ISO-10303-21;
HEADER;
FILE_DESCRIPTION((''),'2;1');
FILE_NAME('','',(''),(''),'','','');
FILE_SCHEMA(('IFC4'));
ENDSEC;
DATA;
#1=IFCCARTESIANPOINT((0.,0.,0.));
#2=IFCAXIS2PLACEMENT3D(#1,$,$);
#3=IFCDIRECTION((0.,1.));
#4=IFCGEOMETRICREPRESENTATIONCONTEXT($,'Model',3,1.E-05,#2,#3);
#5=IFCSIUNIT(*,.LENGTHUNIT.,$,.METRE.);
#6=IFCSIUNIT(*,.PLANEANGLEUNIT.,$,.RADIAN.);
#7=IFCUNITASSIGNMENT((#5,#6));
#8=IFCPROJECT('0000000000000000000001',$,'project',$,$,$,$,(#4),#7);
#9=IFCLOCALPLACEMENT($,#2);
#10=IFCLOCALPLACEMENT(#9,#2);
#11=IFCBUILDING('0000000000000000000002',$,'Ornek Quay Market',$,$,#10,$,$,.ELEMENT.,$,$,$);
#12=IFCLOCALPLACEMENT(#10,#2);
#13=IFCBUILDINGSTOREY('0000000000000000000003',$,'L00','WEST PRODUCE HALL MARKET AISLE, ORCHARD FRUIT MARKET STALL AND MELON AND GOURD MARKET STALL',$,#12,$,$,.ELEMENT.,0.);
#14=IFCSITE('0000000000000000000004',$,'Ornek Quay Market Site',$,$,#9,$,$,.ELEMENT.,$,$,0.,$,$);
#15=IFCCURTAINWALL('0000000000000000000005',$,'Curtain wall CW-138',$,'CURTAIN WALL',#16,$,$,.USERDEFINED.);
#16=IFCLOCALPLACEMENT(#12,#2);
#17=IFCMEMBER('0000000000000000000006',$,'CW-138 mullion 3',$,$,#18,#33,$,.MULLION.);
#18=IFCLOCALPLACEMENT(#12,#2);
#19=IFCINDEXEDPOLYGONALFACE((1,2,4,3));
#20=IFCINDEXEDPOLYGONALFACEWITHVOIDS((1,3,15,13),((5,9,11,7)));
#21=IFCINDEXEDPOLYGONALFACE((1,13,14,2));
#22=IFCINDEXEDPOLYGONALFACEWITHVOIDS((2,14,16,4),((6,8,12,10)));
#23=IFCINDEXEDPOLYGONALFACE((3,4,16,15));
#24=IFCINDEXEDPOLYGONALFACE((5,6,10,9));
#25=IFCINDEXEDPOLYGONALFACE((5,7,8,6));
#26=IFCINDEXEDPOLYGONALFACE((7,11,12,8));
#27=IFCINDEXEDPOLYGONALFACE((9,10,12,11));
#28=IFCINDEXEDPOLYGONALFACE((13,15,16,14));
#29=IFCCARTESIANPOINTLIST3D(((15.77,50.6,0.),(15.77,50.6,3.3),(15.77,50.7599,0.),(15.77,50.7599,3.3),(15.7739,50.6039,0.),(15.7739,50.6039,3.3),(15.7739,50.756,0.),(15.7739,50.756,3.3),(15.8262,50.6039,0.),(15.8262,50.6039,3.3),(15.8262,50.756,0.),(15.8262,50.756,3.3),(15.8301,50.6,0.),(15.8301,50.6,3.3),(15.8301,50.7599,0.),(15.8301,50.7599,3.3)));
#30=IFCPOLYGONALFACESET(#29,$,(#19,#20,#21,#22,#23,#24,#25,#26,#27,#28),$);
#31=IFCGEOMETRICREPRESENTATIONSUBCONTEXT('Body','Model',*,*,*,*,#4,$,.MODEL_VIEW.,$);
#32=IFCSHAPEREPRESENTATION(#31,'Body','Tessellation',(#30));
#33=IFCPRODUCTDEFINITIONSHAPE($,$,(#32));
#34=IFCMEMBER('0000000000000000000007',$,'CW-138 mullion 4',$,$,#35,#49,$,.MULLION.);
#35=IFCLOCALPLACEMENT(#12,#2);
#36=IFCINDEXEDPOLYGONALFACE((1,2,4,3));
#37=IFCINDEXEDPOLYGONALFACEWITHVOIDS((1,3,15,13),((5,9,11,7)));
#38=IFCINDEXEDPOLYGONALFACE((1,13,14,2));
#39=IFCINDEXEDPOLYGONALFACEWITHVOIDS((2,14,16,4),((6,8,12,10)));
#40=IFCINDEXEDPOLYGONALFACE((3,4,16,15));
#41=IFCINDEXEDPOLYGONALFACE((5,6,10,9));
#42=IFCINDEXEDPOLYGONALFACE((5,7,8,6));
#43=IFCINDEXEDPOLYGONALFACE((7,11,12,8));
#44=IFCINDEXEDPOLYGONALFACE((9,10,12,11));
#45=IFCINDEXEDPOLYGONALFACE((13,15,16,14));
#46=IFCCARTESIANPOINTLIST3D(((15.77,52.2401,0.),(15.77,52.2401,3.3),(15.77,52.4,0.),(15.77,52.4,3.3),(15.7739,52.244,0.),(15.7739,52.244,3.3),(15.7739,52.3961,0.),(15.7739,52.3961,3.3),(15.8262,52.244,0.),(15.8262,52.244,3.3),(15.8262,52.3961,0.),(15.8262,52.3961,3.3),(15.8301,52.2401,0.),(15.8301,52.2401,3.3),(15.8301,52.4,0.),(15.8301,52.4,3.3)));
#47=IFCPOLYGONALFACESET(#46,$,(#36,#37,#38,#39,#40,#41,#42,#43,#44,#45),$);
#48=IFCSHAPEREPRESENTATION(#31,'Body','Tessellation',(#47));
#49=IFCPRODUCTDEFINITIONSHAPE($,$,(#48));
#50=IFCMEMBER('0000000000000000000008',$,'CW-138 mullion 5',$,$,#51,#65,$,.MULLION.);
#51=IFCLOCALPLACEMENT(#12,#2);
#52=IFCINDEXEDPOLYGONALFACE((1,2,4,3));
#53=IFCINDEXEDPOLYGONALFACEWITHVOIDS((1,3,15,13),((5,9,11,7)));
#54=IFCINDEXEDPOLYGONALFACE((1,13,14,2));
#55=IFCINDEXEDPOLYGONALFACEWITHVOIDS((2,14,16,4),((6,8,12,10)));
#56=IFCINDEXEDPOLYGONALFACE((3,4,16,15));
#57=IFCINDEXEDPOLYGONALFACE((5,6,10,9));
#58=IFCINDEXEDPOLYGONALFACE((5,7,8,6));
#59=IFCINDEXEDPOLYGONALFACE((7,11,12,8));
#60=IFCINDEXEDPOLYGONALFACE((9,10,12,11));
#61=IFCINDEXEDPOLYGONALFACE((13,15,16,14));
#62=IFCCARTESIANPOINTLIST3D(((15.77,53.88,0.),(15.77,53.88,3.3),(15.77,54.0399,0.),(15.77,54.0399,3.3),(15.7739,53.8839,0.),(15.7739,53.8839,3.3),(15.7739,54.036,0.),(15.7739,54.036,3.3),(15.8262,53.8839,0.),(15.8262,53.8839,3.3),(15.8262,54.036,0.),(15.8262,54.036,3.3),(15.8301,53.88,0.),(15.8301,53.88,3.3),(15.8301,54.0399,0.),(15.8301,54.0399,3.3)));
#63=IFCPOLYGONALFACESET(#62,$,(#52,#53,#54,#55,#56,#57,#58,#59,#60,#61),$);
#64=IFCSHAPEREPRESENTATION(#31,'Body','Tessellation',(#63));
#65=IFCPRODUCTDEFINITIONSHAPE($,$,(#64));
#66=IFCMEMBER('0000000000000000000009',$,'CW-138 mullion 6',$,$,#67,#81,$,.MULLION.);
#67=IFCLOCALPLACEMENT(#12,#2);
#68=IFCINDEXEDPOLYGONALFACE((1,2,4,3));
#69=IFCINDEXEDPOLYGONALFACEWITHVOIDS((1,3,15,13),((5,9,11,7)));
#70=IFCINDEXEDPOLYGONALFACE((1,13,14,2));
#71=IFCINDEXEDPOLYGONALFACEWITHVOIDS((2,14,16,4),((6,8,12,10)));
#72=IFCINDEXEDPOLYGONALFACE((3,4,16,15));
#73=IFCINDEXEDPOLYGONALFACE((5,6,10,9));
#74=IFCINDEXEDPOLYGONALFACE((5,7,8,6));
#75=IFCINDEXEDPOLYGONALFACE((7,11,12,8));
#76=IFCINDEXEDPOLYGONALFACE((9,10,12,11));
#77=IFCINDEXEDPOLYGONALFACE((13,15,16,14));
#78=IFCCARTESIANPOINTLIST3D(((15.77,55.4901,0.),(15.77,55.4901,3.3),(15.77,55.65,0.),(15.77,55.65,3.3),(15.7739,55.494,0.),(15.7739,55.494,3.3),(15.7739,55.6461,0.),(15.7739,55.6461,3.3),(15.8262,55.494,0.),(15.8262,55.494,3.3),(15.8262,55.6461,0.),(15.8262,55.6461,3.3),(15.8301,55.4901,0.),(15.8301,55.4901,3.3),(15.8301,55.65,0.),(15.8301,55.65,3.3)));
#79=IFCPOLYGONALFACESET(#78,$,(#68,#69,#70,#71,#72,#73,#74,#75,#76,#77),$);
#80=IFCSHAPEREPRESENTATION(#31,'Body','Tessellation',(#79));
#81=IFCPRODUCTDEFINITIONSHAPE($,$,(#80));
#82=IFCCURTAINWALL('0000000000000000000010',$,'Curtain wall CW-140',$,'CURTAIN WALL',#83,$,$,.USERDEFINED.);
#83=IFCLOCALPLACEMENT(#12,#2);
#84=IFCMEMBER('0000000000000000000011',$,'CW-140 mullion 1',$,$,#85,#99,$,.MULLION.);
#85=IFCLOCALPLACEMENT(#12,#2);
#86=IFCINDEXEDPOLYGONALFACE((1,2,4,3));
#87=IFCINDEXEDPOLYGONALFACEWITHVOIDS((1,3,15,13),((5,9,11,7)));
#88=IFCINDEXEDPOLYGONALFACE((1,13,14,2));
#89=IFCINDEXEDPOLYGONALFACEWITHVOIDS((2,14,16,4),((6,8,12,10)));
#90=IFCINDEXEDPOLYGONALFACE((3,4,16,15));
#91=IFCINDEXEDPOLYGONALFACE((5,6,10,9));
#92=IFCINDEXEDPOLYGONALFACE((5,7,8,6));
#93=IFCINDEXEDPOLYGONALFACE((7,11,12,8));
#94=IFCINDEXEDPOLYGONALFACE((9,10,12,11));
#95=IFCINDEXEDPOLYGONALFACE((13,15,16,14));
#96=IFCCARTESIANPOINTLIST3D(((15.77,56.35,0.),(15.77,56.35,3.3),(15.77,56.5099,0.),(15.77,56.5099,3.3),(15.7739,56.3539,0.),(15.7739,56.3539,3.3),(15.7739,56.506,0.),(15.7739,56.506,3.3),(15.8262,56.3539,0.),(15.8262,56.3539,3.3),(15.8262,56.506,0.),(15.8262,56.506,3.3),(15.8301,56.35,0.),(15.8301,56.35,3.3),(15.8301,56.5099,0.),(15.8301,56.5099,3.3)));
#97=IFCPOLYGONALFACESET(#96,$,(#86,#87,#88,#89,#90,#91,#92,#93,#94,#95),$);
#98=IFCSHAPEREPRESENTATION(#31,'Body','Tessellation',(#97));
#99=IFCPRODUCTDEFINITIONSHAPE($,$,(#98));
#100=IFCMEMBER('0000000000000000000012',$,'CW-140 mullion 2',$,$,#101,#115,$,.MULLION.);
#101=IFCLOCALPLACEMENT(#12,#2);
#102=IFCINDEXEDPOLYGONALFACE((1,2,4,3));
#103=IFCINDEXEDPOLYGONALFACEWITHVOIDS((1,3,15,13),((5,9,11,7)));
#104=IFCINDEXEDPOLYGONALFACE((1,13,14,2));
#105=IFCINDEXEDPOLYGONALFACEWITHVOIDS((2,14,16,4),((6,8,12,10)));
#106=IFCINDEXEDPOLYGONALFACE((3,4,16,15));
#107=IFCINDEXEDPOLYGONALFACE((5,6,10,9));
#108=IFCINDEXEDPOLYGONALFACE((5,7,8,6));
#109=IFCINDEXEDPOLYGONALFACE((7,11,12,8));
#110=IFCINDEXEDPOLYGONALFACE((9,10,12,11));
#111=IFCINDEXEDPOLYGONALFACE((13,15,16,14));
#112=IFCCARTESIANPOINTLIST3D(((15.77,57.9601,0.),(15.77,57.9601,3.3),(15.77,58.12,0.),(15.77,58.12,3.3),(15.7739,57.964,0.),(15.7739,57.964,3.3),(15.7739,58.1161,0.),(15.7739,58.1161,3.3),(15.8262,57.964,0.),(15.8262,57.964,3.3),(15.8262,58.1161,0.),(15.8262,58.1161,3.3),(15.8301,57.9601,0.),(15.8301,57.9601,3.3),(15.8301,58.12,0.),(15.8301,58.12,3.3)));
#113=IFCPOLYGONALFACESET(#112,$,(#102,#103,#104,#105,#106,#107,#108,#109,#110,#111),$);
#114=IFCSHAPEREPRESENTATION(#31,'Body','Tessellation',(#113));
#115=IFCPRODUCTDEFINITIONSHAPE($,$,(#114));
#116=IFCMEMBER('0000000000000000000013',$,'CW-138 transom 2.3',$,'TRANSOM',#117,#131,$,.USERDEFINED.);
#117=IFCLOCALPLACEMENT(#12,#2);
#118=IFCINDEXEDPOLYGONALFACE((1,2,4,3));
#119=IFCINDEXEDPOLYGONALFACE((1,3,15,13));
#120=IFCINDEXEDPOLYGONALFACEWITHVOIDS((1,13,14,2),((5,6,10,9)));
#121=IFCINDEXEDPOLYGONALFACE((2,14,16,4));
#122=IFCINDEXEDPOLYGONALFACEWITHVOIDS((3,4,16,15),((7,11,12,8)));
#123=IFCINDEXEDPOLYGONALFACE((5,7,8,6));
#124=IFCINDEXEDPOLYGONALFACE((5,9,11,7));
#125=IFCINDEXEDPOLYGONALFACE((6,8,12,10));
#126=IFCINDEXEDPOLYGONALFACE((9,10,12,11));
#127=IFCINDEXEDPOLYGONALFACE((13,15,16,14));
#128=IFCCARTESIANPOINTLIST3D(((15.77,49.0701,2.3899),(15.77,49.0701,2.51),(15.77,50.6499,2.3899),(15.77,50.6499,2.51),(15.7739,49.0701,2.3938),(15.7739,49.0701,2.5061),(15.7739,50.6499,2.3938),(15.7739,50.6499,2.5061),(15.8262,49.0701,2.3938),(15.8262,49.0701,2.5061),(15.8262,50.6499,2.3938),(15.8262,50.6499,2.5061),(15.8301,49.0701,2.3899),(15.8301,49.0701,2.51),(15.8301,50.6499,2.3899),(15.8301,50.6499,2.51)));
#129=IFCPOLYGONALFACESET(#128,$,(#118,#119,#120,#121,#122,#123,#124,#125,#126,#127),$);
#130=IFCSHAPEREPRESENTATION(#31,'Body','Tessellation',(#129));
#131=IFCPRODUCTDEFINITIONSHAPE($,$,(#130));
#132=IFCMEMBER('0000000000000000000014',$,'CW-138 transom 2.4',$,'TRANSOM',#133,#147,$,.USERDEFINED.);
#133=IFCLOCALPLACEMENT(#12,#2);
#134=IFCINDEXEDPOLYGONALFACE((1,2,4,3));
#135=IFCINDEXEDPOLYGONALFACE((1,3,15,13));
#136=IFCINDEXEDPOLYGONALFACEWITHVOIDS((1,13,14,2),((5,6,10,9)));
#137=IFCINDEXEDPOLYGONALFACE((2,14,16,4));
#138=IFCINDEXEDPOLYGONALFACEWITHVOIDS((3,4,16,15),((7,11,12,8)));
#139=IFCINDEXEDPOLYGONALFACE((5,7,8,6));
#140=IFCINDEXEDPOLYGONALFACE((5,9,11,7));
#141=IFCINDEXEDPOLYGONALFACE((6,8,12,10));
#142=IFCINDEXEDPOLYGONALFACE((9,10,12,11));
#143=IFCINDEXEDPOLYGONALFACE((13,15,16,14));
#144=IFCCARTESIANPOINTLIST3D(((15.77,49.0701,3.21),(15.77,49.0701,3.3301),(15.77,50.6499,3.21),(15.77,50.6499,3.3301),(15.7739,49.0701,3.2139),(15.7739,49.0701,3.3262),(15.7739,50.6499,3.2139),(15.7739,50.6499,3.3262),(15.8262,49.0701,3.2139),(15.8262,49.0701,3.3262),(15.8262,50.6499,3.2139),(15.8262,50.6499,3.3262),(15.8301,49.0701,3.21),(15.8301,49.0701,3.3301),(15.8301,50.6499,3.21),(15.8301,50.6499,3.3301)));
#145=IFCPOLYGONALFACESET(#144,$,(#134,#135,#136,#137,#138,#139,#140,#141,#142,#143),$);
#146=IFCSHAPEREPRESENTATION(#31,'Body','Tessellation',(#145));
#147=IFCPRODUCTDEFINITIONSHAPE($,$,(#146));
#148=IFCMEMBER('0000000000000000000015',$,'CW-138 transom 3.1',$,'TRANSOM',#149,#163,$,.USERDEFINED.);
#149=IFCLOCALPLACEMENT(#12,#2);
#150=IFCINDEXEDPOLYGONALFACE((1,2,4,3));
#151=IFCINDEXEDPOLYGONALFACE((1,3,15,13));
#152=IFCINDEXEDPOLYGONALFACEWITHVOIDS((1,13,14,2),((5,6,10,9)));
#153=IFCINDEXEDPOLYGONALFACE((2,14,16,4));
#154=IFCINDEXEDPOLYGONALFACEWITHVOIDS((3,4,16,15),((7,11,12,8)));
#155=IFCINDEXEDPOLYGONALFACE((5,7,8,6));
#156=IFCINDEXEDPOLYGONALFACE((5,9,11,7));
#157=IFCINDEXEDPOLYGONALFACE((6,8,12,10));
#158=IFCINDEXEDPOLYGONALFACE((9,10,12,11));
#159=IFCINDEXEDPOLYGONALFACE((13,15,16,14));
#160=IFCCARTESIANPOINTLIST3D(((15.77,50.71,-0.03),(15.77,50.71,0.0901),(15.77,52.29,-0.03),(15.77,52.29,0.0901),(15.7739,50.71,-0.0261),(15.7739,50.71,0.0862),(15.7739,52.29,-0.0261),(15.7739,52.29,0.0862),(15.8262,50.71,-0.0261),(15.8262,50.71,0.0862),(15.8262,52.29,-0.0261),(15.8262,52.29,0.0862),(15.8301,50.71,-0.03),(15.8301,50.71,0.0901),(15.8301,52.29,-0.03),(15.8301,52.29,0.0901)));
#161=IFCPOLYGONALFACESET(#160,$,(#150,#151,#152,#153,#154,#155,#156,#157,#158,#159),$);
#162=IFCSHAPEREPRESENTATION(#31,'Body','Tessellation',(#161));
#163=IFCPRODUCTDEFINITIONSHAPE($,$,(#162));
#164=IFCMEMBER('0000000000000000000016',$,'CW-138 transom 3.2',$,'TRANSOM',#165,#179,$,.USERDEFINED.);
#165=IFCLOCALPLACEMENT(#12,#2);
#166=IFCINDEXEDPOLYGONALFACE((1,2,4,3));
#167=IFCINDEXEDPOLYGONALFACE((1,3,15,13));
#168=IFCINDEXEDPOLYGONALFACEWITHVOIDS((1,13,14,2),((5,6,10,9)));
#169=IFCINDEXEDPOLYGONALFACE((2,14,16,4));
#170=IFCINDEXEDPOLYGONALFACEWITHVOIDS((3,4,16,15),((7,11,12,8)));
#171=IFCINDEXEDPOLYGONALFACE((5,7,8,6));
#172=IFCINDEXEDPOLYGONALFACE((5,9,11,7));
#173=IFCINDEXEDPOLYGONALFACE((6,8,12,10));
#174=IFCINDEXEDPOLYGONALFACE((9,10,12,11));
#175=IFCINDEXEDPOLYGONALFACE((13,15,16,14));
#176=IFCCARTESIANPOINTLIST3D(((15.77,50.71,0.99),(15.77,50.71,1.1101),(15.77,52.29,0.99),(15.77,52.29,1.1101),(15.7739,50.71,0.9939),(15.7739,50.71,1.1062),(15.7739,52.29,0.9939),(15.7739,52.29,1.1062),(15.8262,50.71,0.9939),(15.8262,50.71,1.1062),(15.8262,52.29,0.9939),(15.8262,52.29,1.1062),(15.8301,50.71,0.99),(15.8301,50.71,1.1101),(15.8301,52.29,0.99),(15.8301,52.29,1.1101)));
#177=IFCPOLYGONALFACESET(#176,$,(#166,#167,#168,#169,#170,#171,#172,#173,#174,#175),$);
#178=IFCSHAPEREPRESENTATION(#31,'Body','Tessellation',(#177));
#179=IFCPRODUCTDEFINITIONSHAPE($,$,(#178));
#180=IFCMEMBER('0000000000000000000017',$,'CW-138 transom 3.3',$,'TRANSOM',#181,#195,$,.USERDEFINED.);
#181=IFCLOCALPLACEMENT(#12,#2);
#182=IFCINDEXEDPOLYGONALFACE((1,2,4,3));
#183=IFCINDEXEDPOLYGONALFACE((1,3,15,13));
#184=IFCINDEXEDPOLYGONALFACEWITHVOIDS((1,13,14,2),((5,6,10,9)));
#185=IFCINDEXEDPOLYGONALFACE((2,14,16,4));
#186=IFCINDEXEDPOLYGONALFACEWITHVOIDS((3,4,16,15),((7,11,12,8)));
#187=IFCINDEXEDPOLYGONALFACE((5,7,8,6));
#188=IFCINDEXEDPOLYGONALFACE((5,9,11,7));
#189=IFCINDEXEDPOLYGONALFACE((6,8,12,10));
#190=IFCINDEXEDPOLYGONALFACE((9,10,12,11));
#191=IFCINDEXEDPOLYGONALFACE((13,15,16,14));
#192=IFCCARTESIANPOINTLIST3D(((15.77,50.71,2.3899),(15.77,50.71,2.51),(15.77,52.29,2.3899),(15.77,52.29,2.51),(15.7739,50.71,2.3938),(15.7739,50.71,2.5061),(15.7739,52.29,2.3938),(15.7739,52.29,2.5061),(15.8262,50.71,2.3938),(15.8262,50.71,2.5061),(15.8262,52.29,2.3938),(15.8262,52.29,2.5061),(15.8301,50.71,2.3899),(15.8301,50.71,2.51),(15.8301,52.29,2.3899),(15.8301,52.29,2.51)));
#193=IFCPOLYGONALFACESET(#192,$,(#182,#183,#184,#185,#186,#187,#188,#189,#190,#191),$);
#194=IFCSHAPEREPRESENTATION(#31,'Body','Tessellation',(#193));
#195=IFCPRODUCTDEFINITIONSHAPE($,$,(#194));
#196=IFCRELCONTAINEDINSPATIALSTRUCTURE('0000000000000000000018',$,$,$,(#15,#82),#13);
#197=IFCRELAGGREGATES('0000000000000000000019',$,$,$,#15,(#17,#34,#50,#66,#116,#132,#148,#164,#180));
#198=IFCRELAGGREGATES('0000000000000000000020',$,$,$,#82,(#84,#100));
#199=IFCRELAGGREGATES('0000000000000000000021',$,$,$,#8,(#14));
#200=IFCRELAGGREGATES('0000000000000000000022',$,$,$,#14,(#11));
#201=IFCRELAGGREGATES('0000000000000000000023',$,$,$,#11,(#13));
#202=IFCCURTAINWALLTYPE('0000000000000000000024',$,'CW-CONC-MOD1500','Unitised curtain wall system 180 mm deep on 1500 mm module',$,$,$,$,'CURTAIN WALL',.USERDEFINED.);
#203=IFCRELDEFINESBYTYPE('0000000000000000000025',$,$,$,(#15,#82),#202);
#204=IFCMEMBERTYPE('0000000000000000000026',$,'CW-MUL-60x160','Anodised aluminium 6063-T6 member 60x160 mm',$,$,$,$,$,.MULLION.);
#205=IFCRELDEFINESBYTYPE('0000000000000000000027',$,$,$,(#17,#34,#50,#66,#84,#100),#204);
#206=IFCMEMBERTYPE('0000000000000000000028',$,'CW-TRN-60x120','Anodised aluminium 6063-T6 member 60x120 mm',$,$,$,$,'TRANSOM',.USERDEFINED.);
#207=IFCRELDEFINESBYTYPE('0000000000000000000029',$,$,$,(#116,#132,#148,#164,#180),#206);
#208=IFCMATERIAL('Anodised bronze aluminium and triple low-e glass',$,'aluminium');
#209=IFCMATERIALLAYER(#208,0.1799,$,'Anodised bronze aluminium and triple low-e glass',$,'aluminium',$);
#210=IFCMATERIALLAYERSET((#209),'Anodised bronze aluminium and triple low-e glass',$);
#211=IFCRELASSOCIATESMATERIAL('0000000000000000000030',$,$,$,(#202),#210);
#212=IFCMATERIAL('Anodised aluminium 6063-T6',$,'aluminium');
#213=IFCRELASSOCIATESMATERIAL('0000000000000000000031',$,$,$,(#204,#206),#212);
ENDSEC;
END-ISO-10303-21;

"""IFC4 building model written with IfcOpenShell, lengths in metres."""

from ifc_helpers import new_model, si_unit, direction, frame, origin, origin_2d, place, context, subcontext, project, spatial, hollow_rectangle, extrude, material, layer, layer_set, material_profile, profile_set, type_object, element, aggregate, save


model = new_model("IFC4")

# Units and contexts
model_context = context("Model", 3, precision=1e-05, world=origin(), true_north=direction((0.0, 1.0)))
body_context = subcontext(model_context, "Body", "Model", "MODEL_VIEW")
ifc_project = project(units=[si_unit("LENGTHUNIT", "METRE"), si_unit("PLANEANGLEUNIT", "RADIAN")], contexts=[model_context])

# Site, building, storey
site_placement = place(None, origin())
site = spatial("IfcSite", under=ifc_project, at=site_placement, Name="Ornek Quay Market Site", CompositionType="ELEMENT", RefElevation=0.0)
building_placement = place(site_placement, origin())
building = spatial("IfcBuilding", under=site, at=building_placement, Name="Ornek Quay Market", CompositionType="ELEMENT")
storey_placement = place(building_placement, origin())
storey = spatial("IfcBuildingStorey", under=building, at=storey_placement, Name="L00", Description="WEST PRODUCE HALL MARKET AISLE, ORCHARD FRUIT MARKET STALL AND MELON AND GOURD MARKET STALL", CompositionType="ELEMENT", Elevation=0.0)

# Curtain walls, members
ifc_material_1 = material(Name="Anodised bronze aluminium and triple low-e glass", Category="aluminium")
ifc_layer_1 = layer(ifc_material_1, 0.1799, Name="Anodised bronze aluminium and triple low-e glass", Category="aluminium")
ifc_layer_set_1 = layer_set([ifc_layer_1], Name="Anodised bronze aluminium and triple low-e glass")
curtain_wall_type = type_object("IfcCurtainWallType", Name="CW-CONC-MOD1500", Description="Unitised curtain wall system 180 mm deep on 1500 mm module", ElementType="CURTAIN WALL", PredefinedType="USERDEFINED", material=ifc_layer_set_1)
curtain_wall_1_placement = place(storey_placement, origin())
curtain_wall_1 = element("IfcCurtainWall", 1, at=curtain_wall_1_placement, inside=storey, type_object=curtain_wall_type, Name="Curtain wall CW-138", ObjectType="CURTAIN WALL", PredefinedType="USERDEFINED")
ifc_material_2 = material(Name="Anodised aluminium 6063-T6", Category="aluminium")
ifc_material_profile_1 = material_profile(ifc_material_2, hollow_rectangle(XDim=0.0601, YDim=0.1599, WallThickness=0.0039, at=origin_2d()), Name="CW-MUL-60x160", Category="aluminium")
ifc_profile_set_1 = profile_set([ifc_material_profile_1], Name="Anodised aluminium 6063-T6")
member_type_1 = type_object("IfcMemberType", Name="CW-MUL-60x160", Description="Anodised aluminium 6063-T6 member 60x160 mm", PredefinedType="MULLION", material=ifc_profile_set_1)
member_1_placement = place(storey_placement, frame((15.8, 50.6799, 0.0), z_axis=(0.0, 0.0, 1.0), x_axis=(-1.0, 0.0, 0.0)))
member_1 = element("IfcMember", 2, at=member_1_placement, type_object=member_type_1, Name="CW-138 mullion 3", PredefinedType="MULLION", context=body_context, shape_type="SweptSolid", body=[
    extrude(hollow_rectangle(XDim=0.0601, YDim=0.1599, WallThickness=0.0039, at=origin_2d()), origin(), (0.0, 0.0, 1.0), 3.3),
])
member_2_placement = place(storey_placement, frame((15.8, 52.3201, 0.0), z_axis=(0.0, 0.0, 1.0), x_axis=(-1.0, 0.0, 0.0)))
member_2 = element("IfcMember", 3, at=member_2_placement, type_object=member_type_1, Name="CW-138 mullion 4", PredefinedType="MULLION", context=body_context, shape_type="SweptSolid", body=[
    extrude(hollow_rectangle(XDim=0.0601, YDim=0.1599, WallThickness=0.0039, at=origin_2d()), origin(), (0.0, 0.0, 1.0), 3.3),
])
member_3_placement = place(storey_placement, frame((15.8, 53.96, 0.0), z_axis=(0.0, 0.0, 1.0), x_axis=(-1.0, 0.0, 0.0)))
member_3 = element("IfcMember", 4, at=member_3_placement, type_object=member_type_1, Name="CW-138 mullion 5", PredefinedType="MULLION", context=body_context, shape_type="SweptSolid", body=[
    extrude(hollow_rectangle(XDim=0.0601, YDim=0.1599, WallThickness=0.0039, at=origin_2d()), origin(), (0.0, 0.0, 1.0), 3.3),
])
member_4_placement = place(storey_placement, frame((15.8, 55.5701, 0.0), z_axis=(0.0, 0.0, 1.0), x_axis=(-1.0, 0.0, 0.0)))
member_4 = element("IfcMember", 5, at=member_4_placement, type_object=member_type_1, Name="CW-138 mullion 6", PredefinedType="MULLION", context=body_context, shape_type="SweptSolid", body=[
    extrude(hollow_rectangle(XDim=0.0601, YDim=0.1599, WallThickness=0.0039, at=origin_2d()), origin(), (0.0, 0.0, 1.0), 3.3),
])
curtain_wall_2_placement = place(storey_placement, origin())
curtain_wall_2 = element("IfcCurtainWall", 6, at=curtain_wall_2_placement, inside=storey, type_object=curtain_wall_type, Name="Curtain wall CW-140", ObjectType="CURTAIN WALL", PredefinedType="USERDEFINED")
member_5_placement = place(storey_placement, frame((15.8, 56.4299, 0.0), z_axis=(0.0, 0.0, 1.0), x_axis=(-1.0, 0.0, 0.0)))
member_5 = element("IfcMember", 7, at=member_5_placement, type_object=member_type_1, Name="CW-140 mullion 1", PredefinedType="MULLION", context=body_context, shape_type="SweptSolid", body=[
    extrude(hollow_rectangle(XDim=0.0601, YDim=0.1599, WallThickness=0.0039, at=origin_2d()), origin(), (0.0, 0.0, 1.0), 3.3),
])
member_6_placement = place(storey_placement, frame((15.8, 58.04, 0.0), z_axis=(0.0, 0.0, 1.0), x_axis=(-1.0, 0.0, 0.0)))
member_6 = element("IfcMember", 8, at=member_6_placement, type_object=member_type_1, Name="CW-140 mullion 2", PredefinedType="MULLION", context=body_context, shape_type="SweptSolid", body=[
    extrude(hollow_rectangle(XDim=0.0601, YDim=0.1599, WallThickness=0.0039, at=origin_2d()), origin(), (0.0, 0.0, 1.0), 3.3),
])

# Members
ifc_material_profile_2 = material_profile(ifc_material_2, hollow_rectangle(XDim=0.0601, YDim=0.1201, WallThickness=0.0039, at=origin_2d()), Name="CW-TRN-60x120", Category="aluminium")
ifc_profile_set_2 = profile_set([ifc_material_profile_2], Name="Anodised aluminium 6063-T6")
member_type_2 = type_object("IfcMemberType", Name="CW-TRN-60x120", Description="Anodised aluminium 6063-T6 member 60x120 mm", ElementType="TRANSOM", PredefinedType="USERDEFINED", material=ifc_profile_set_2)
member_7_placement = place(storey_placement, frame((15.8, 49.0701, 2.45), z_axis=(0.0, 1.0, 0.0), x_axis=(-1.0, 0.0, 0.0)))
member_7 = element("IfcMember", 9, at=member_7_placement, type_object=member_type_2, Name="CW-138 transom 2.3", ObjectType="TRANSOM", PredefinedType="USERDEFINED", context=body_context, shape_type="SweptSolid", body=[
    extrude(hollow_rectangle(XDim=0.0601, YDim=0.1201, WallThickness=0.0039, at=origin_2d()), origin(), (0.0, 0.0, 1.0), 1.5798),
])
member_8_placement = place(storey_placement, frame((15.8, 49.0701, 3.27), z_axis=(0.0, 1.0, 0.0), x_axis=(-1.0, 0.0, 0.0)))
member_8 = element("IfcMember", 10, at=member_8_placement, type_object=member_type_2, Name="CW-138 transom 2.4", ObjectType="TRANSOM", PredefinedType="USERDEFINED", context=body_context, shape_type="SweptSolid", body=[
    extrude(hollow_rectangle(XDim=0.0601, YDim=0.1201, WallThickness=0.0039, at=origin_2d()), origin(), (0.0, 0.0, 1.0), 1.5798),
])
member_9_placement = place(storey_placement, frame((15.8, 50.71, 0.03), z_axis=(0.0, 1.0, 0.0), x_axis=(-1.0, 0.0, 0.0)))
member_9 = element("IfcMember", 11, at=member_9_placement, type_object=member_type_2, Name="CW-138 transom 3.1", ObjectType="TRANSOM", PredefinedType="USERDEFINED", context=body_context, shape_type="SweptSolid", body=[
    extrude(hollow_rectangle(XDim=0.0601, YDim=0.1201, WallThickness=0.0039, at=origin_2d()), origin(), (0.0, 0.0, 1.0), 1.5801),
])
member_10_placement = place(storey_placement, frame((15.8, 50.71, 1.05), z_axis=(0.0, 1.0, 0.0), x_axis=(-1.0, 0.0, 0.0)))
member_10 = element("IfcMember", 12, at=member_10_placement, type_object=member_type_2, Name="CW-138 transom 3.2", ObjectType="TRANSOM", PredefinedType="USERDEFINED", context=body_context, shape_type="SweptSolid", body=[
    extrude(hollow_rectangle(XDim=0.0601, YDim=0.1201, WallThickness=0.0039, at=origin_2d()), origin(), (0.0, 0.0, 1.0), 1.5801),
])
member_11_placement = place(storey_placement, frame((15.8, 50.71, 2.45), z_axis=(0.0, 1.0, 0.0), x_axis=(-1.0, 0.0, 0.0)))
member_11 = element("IfcMember", 13, at=member_11_placement, type_object=member_type_2, Name="CW-138 transom 3.3", ObjectType="TRANSOM", PredefinedType="USERDEFINED", context=body_context, shape_type="SweptSolid", body=[
    extrude(hollow_rectangle(XDim=0.0601, YDim=0.1201, WallThickness=0.0039, at=origin_2d()), origin(), (0.0, 0.0, 1.0), 1.5801),
])

aggregate(curtain_wall_1, [member_1, member_2, member_3, member_4, member_7, member_8, member_9, member_10, member_11])
aggregate(curtain_wall_2, [member_5, member_6])

save(model, "model.ifc")
